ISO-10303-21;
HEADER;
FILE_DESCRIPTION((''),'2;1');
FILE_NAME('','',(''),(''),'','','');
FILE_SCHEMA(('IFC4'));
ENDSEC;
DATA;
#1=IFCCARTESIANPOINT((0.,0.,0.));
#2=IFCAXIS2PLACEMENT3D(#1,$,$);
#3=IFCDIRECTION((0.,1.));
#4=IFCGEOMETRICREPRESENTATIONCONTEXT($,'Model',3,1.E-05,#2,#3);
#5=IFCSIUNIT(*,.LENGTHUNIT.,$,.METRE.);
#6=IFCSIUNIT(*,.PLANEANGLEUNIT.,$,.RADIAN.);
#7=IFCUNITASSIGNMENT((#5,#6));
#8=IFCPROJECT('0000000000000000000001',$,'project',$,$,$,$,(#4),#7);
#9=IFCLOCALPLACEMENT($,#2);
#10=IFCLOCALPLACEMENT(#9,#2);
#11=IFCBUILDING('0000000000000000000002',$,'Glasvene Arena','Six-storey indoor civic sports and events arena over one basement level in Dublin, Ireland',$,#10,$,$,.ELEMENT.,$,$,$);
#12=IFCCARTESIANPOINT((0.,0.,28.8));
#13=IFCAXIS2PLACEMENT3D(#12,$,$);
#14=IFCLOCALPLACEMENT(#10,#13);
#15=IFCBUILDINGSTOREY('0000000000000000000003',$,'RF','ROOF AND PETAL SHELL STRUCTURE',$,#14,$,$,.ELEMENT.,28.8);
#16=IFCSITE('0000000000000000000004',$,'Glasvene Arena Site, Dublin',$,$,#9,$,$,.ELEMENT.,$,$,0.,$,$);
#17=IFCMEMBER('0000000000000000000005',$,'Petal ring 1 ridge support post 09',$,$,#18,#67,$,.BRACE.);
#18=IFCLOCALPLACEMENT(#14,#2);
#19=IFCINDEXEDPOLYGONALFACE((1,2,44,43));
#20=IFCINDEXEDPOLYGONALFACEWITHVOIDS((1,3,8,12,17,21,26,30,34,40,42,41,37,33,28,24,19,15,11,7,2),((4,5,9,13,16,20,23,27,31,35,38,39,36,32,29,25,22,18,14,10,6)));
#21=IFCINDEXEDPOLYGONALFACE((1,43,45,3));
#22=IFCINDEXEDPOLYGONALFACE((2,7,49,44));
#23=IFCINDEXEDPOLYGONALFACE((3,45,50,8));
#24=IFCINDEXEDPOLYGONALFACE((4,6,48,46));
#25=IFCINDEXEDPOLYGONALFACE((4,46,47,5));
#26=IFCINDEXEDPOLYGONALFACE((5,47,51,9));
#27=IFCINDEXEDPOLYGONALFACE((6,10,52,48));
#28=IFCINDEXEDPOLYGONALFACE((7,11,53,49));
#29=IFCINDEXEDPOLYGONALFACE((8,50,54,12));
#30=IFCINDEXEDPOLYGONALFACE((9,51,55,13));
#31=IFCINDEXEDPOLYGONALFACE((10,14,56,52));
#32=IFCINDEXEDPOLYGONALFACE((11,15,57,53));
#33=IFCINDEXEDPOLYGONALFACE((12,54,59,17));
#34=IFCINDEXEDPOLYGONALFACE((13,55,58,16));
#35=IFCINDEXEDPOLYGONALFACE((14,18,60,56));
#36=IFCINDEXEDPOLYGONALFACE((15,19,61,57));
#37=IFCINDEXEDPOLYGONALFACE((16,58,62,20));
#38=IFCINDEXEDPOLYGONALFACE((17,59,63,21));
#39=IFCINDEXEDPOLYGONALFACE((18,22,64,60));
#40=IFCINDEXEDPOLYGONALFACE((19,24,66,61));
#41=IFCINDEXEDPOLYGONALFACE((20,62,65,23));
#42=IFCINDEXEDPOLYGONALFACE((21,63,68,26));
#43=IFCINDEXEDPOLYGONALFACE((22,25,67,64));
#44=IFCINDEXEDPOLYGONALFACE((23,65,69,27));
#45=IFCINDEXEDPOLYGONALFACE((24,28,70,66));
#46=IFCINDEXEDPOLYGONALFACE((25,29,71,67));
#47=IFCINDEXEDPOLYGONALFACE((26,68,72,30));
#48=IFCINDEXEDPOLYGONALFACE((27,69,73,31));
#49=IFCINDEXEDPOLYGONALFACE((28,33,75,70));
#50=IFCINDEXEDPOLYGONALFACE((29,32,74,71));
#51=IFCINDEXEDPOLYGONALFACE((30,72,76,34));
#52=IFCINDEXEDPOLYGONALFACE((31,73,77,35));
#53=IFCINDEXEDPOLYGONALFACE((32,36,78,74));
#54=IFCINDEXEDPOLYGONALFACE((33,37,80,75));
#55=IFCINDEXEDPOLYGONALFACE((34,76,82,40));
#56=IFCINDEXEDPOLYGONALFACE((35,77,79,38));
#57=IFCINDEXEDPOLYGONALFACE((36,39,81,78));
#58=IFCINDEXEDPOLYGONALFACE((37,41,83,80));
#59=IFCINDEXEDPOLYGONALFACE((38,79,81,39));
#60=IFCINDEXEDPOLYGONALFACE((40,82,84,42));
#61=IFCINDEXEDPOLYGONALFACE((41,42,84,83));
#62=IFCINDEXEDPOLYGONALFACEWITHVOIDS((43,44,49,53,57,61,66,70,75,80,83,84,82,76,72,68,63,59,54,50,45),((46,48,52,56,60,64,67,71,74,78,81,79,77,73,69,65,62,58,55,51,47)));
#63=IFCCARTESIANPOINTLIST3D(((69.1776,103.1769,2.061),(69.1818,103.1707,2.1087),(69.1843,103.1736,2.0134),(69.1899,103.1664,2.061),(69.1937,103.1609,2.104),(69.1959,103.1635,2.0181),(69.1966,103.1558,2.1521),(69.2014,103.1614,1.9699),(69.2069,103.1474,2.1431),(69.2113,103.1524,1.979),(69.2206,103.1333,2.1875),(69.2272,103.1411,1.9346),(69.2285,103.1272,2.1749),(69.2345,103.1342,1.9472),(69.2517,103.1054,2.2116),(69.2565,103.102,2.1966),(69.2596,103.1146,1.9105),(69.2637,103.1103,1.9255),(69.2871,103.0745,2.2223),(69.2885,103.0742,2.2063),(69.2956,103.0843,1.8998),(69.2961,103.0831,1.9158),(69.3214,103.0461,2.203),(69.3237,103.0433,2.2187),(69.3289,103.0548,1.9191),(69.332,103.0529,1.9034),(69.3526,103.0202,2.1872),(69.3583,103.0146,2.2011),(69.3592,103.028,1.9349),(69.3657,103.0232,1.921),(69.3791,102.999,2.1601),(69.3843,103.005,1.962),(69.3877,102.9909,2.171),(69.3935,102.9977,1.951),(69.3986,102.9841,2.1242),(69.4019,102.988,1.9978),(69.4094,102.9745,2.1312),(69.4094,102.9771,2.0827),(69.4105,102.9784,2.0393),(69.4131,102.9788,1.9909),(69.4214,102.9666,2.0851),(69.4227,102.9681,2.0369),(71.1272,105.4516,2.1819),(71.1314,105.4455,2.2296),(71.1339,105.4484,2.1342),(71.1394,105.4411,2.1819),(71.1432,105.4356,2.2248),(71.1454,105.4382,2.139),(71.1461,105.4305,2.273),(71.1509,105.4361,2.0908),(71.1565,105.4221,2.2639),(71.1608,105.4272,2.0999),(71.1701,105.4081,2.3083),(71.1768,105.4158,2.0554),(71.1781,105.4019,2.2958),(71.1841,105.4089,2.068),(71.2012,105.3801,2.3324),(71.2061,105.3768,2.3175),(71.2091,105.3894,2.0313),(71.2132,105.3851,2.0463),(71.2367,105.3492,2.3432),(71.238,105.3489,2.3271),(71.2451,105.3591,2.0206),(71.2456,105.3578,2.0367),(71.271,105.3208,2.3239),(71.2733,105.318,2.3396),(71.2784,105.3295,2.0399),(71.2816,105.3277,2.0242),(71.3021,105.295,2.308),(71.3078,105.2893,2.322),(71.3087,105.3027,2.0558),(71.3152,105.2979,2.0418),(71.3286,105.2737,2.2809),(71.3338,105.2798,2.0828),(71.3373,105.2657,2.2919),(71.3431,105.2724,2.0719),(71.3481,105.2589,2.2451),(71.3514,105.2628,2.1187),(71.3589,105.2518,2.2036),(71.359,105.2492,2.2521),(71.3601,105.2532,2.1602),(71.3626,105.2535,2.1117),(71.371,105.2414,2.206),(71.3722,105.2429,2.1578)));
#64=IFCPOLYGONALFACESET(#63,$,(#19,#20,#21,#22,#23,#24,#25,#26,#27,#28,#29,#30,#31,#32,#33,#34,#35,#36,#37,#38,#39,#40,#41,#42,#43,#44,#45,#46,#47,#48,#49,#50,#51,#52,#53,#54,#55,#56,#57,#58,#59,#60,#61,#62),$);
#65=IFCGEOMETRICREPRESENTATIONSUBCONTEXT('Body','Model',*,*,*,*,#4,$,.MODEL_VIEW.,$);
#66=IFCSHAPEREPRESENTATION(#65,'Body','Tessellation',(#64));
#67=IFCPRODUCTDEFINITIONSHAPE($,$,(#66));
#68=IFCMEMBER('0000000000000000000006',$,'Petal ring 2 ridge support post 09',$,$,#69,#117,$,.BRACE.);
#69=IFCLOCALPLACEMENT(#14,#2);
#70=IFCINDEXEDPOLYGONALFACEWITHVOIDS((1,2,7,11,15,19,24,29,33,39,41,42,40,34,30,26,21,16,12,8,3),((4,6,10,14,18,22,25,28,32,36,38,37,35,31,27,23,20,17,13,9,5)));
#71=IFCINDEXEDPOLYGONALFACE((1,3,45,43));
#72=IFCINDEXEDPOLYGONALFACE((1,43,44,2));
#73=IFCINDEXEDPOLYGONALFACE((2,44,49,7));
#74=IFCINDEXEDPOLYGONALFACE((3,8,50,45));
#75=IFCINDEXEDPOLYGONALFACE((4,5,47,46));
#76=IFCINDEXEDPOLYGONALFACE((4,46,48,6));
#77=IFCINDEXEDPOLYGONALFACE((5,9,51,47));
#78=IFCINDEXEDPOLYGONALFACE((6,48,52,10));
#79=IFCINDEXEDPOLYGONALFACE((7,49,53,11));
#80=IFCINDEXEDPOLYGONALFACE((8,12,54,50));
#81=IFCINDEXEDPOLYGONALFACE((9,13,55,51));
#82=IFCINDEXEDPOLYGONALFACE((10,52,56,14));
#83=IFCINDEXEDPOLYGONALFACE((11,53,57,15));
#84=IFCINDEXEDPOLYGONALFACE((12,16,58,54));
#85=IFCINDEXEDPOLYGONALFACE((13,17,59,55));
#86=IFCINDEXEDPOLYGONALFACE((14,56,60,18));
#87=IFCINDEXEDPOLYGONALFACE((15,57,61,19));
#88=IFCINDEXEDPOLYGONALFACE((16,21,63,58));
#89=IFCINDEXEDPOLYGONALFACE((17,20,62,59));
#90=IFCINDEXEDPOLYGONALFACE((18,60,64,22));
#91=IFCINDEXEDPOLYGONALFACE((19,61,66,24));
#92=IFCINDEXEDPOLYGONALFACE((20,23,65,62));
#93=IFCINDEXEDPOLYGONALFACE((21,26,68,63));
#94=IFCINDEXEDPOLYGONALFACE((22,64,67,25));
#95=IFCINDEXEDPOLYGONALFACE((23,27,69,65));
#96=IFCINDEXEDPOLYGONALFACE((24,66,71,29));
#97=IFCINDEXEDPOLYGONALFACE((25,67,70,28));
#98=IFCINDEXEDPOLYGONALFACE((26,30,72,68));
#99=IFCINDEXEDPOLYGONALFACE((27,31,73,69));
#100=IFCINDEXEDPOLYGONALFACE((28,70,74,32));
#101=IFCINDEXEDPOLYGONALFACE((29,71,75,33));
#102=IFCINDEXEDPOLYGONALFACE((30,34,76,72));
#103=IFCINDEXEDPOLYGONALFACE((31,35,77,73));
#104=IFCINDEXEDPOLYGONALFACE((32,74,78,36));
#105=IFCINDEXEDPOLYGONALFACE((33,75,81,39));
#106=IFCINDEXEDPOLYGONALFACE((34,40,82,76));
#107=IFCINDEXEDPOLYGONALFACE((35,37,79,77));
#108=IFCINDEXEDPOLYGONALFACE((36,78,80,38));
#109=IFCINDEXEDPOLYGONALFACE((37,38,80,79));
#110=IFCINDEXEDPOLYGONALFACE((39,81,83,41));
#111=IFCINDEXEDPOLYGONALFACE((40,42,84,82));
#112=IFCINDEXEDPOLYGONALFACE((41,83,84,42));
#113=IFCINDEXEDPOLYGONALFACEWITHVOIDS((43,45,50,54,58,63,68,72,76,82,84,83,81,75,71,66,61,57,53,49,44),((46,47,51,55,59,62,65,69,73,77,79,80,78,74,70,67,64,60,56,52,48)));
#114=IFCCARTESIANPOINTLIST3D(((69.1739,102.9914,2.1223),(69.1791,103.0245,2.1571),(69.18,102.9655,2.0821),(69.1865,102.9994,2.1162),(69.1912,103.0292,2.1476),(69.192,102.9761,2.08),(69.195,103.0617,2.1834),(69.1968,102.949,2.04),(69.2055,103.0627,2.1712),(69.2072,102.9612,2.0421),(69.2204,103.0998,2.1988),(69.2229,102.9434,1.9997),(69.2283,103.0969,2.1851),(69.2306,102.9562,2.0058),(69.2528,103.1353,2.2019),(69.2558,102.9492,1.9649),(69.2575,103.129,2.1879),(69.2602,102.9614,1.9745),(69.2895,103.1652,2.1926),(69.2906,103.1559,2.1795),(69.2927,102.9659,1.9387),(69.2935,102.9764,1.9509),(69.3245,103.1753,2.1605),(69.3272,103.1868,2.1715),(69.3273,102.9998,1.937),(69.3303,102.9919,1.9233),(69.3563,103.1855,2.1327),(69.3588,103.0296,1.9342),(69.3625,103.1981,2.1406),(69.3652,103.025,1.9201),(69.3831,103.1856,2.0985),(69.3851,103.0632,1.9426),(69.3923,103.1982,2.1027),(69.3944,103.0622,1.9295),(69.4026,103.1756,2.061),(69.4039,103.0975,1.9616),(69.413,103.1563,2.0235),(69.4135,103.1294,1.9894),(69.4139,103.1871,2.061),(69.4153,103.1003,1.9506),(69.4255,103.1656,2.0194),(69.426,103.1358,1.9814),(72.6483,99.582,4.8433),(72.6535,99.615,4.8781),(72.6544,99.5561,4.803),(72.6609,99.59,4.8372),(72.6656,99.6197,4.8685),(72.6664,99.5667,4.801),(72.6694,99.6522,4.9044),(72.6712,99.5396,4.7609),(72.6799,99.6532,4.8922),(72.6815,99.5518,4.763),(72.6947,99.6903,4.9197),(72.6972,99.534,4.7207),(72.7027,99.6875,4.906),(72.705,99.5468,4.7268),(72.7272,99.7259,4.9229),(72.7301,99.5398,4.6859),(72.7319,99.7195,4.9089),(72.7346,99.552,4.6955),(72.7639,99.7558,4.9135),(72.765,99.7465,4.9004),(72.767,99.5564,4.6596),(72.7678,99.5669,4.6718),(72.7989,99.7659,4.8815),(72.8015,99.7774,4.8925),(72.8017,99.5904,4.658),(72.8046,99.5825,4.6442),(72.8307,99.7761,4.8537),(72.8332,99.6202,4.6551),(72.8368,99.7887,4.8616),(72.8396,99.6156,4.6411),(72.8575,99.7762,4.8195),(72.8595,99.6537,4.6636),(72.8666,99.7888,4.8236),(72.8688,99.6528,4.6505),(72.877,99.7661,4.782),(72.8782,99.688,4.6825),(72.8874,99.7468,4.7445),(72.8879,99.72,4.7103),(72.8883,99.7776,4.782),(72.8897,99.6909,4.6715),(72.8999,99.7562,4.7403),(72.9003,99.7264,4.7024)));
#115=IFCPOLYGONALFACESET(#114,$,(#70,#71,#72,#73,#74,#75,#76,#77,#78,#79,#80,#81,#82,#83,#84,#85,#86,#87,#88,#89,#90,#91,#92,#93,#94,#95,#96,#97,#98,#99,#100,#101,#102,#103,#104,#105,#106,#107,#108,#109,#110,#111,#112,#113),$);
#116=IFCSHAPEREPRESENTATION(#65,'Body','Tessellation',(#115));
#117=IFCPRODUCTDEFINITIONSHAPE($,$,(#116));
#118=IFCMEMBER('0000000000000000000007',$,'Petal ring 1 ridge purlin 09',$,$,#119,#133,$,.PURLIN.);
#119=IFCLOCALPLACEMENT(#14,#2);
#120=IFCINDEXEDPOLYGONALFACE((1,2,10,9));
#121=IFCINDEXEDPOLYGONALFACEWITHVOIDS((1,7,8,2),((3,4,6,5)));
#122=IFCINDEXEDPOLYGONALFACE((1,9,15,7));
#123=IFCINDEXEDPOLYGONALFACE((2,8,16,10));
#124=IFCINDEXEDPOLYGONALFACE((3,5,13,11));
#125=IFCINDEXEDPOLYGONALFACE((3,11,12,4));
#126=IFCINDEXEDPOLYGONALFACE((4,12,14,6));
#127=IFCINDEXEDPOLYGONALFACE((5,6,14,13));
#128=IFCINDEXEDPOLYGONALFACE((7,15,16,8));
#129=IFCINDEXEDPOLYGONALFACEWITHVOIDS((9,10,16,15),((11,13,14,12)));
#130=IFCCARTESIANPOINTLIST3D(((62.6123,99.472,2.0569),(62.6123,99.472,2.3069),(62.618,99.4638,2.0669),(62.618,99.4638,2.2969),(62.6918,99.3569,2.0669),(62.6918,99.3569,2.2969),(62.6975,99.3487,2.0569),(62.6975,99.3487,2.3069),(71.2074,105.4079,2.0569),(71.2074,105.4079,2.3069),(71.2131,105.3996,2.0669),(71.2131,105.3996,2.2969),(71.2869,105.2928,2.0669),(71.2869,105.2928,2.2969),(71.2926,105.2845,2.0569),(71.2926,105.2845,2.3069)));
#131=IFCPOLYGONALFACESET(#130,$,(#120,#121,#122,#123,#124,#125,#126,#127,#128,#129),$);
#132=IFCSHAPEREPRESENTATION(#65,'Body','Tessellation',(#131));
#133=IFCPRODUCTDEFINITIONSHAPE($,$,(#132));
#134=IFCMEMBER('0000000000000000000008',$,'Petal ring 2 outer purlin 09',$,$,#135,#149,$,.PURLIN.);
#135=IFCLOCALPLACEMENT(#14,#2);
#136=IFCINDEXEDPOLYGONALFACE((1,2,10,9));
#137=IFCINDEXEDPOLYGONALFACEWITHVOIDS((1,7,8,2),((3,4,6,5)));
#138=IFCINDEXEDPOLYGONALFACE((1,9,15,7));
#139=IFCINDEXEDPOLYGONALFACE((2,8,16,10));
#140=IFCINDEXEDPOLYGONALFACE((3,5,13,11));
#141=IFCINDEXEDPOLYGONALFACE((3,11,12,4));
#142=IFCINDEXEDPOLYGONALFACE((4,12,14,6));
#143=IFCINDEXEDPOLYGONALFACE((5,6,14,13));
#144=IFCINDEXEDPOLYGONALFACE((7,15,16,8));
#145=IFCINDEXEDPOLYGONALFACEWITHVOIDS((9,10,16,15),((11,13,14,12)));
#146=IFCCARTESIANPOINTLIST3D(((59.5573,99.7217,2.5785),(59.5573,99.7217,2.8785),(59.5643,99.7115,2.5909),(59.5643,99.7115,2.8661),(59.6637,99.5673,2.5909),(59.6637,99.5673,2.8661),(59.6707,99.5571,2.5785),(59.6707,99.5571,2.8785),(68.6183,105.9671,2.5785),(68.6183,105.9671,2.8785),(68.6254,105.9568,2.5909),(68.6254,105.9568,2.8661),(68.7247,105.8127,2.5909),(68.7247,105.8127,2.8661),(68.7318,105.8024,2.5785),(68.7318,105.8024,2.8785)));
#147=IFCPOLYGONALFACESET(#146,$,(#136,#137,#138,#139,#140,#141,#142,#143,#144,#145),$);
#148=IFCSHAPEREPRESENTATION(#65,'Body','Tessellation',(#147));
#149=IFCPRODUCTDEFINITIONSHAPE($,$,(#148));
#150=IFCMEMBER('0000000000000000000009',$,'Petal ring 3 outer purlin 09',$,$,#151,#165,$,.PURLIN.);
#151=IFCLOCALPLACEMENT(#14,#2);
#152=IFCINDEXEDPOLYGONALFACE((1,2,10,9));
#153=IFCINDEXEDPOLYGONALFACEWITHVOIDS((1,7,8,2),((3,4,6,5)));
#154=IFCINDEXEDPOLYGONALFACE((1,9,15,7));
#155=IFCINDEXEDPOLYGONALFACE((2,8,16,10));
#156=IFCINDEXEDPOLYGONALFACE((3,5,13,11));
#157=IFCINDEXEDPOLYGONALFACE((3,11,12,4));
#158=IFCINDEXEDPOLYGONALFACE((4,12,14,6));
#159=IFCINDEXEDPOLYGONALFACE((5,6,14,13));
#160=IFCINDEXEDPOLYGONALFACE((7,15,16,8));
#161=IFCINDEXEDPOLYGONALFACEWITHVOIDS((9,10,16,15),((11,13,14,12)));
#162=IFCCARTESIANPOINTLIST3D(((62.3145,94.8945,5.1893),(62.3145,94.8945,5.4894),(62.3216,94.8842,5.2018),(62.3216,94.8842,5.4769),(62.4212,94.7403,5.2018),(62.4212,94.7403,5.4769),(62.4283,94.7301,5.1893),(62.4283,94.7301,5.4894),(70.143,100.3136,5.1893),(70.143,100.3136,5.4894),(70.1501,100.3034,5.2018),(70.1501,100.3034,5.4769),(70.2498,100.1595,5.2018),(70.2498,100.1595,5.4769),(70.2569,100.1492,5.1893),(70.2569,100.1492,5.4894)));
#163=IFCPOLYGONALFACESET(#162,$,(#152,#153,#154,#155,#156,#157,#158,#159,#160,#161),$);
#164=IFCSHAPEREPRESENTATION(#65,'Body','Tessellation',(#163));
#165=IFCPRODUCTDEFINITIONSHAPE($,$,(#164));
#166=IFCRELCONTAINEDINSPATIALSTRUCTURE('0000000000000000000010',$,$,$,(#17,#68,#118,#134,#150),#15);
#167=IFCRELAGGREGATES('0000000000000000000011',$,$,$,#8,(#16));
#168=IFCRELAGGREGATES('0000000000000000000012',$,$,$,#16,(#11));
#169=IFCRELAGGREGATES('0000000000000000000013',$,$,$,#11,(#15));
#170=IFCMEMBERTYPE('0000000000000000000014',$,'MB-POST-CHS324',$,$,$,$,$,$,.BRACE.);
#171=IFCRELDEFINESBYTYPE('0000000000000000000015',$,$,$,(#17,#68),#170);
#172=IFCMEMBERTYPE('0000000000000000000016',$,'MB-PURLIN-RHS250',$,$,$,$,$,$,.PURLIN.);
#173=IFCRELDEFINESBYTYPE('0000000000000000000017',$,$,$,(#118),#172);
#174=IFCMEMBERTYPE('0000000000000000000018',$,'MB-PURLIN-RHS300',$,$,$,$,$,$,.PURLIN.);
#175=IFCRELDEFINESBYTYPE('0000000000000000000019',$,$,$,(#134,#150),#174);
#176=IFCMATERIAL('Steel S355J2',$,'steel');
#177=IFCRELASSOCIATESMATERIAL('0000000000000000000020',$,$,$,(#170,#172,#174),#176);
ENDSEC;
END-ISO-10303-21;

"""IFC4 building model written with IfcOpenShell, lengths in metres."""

from ifc_helpers import new_model, si_unit, direction, frame, origin, origin_2d, place, context, subcontext, project, spatial, hollow_rectangle, hollow_circle, extrude, material, material_profile, profile_set, type_object, element, save


model = new_model("IFC4")

# Units and contexts
model_context = context("Model", 3, precision=1e-05, world=origin(), true_north=direction((0.0, 1.0)))
body_context = subcontext(model_context, "Body", "Model", "MODEL_VIEW")
ifc_project = project(units=[si_unit("LENGTHUNIT", "METRE"), si_unit("PLANEANGLEUNIT", "RADIAN")], contexts=[model_context])

# Site, building, storey
site_placement = place(None, origin())
site = spatial("IfcSite", under=ifc_project, at=site_placement, Name="Glasvene Arena Site, Dublin", CompositionType="ELEMENT", RefElevation=0.0)
building_placement = place(site_placement, origin())
building = spatial("IfcBuilding", under=site, at=building_placement, Name="Glasvene Arena", Description="Six-storey indoor civic sports and events arena over one basement level in Dublin, Ireland", CompositionType="ELEMENT")
storey_placement = place(building_placement, frame((0.0, 0.0, 28.8)))
storey = spatial("IfcBuildingStorey", under=building, at=storey_placement, Name="RF", Description="ROOF AND PETAL SHELL STRUCTURE", CompositionType="ELEMENT", Elevation=28.8)

# Members
ifc_material_1 = material(Name="Steel S355J2", Category="steel")
ifc_material_profile_1 = material_profile(ifc_material_1, hollow_circle(Radius=0.1619, WallThickness=0.0161, at=origin_2d()), Name="CHS 323.9x16.0")
ifc_profile_set_1 = profile_set([ifc_material_profile_1], Name="Steel S355J2")
member_type_1 = type_object("IfcMemberType", Name="MB-POST-CHS324", PredefinedType="BRACE", material=ifc_profile_set_1)
member_1_placement = place(storey_placement, frame((69.3005, 103.0715, 2.061), z_axis=(0.650216, 0.75868, 0.040308), x_axis=(-0.759297, 0.650744, 0.0)))
element("IfcMember", 1, at=member_1_placement, inside=storey, type_object=member_type_1, Name="Petal ring 1 ridge support post 09", PredefinedType="BRACE", context=body_context, shape_type="SweptSolid", body=[
    extrude(hollow_circle(Radius=0.1619, WallThickness=0.0161, at=origin_2d()), origin(), (0.0, 0.0, 1.0), 2.9983),
])
member_2_placement = place(storey_placement, frame((69.3005, 103.0715, 2.061), z_axis=(0.623021, -0.611376, 0.487919), x_axis=(0.700405, 0.713746, 0.0)))
element("IfcMember", 2, at=member_2_placement, inside=storey, type_object=member_type_1, Name="Petal ring 2 ridge support post 09", PredefinedType="BRACE", context=body_context, shape_type="SweptSolid", body=[
    extrude(hollow_circle(Radius=0.1619, WallThickness=0.0161, at=origin_2d()), origin(), (0.0, 0.0, 1.0), 5.5767),
])
ifc_material_profile_2 = material_profile(ifc_material_1, hollow_rectangle(XDim=0.1499, YDim=0.25, WallThickness=0.01, at=origin_2d()), Name="RHS 250x150x10.0")
ifc_profile_set_2 = profile_set([ifc_material_profile_2], Name="Steel S355J2")
member_type_2 = type_object("IfcMemberType", Name="MB-PURLIN-RHS250", PredefinedType="PURLIN", material=ifc_profile_set_2)
member_3_placement = place(storey_placement, frame((71.25, 105.3462, 2.1819), z_axis=(-0.822845, -0.568266, 0.0), x_axis=(0.568266, -0.822845, 0.0)))
element("IfcMember", 3, at=member_3_placement, inside=storey, type_object=member_type_2, Name="Petal ring 1 ridge purlin 09", PredefinedType="PURLIN", context=body_context, shape_type="SweptSolid", body=[
    extrude(hollow_rectangle(XDim=0.1499, YDim=0.25, WallThickness=0.01, at=origin_2d()), origin(), (0.0, 0.0, 1.0), 10.4456),
])
ifc_material_profile_3 = material_profile(ifc_material_1, hollow_rectangle(XDim=0.2, YDim=0.3, WallThickness=0.0125, at=origin_2d()), Name="RHS 300x200x12.5")
ifc_profile_set_3 = profile_set([ifc_material_profile_3], Name="Steel S355J2")
member_type_3 = type_object("IfcMemberType", Name="MB-PURLIN-RHS300", PredefinedType="PURLIN", material=ifc_profile_set_3)
member_4_placement = place(storey_placement, frame((68.675, 105.8848, 2.7285), z_axis=(-0.823367, -0.567509, 0.0), x_axis=(0.567509, -0.823367, 0.0)))
element("IfcMember", 4, at=member_4_placement, inside=storey, type_object=member_type_3, Name="Petal ring 2 outer purlin 09", PredefinedType="PURLIN", context=body_context, shape_type="SweptSolid", body=[
    extrude(hollow_rectangle(XDim=0.2, YDim=0.3, WallThickness=0.0125, at=origin_2d()), origin(), (0.0, 0.0, 1.0), 11.0049),
])
member_5_placement = place(storey_placement, frame((70.2, 100.2314, 5.3394), z_axis=(-0.822223, -0.569166, 0.0), x_axis=(0.569166, -0.822223, 0.0)))
element("IfcMember", 5, at=member_5_placement, inside=storey, type_object=member_type_3, Name="Petal ring 3 outer purlin 09", PredefinedType="PURLIN", context=body_context, shape_type="SweptSolid", body=[
    extrude(hollow_rectangle(XDim=0.2, YDim=0.3, WallThickness=0.0125, at=origin_2d()), origin(), (0.0, 0.0, 1.0), 9.5212),
])

save(model, "model.ifc")
